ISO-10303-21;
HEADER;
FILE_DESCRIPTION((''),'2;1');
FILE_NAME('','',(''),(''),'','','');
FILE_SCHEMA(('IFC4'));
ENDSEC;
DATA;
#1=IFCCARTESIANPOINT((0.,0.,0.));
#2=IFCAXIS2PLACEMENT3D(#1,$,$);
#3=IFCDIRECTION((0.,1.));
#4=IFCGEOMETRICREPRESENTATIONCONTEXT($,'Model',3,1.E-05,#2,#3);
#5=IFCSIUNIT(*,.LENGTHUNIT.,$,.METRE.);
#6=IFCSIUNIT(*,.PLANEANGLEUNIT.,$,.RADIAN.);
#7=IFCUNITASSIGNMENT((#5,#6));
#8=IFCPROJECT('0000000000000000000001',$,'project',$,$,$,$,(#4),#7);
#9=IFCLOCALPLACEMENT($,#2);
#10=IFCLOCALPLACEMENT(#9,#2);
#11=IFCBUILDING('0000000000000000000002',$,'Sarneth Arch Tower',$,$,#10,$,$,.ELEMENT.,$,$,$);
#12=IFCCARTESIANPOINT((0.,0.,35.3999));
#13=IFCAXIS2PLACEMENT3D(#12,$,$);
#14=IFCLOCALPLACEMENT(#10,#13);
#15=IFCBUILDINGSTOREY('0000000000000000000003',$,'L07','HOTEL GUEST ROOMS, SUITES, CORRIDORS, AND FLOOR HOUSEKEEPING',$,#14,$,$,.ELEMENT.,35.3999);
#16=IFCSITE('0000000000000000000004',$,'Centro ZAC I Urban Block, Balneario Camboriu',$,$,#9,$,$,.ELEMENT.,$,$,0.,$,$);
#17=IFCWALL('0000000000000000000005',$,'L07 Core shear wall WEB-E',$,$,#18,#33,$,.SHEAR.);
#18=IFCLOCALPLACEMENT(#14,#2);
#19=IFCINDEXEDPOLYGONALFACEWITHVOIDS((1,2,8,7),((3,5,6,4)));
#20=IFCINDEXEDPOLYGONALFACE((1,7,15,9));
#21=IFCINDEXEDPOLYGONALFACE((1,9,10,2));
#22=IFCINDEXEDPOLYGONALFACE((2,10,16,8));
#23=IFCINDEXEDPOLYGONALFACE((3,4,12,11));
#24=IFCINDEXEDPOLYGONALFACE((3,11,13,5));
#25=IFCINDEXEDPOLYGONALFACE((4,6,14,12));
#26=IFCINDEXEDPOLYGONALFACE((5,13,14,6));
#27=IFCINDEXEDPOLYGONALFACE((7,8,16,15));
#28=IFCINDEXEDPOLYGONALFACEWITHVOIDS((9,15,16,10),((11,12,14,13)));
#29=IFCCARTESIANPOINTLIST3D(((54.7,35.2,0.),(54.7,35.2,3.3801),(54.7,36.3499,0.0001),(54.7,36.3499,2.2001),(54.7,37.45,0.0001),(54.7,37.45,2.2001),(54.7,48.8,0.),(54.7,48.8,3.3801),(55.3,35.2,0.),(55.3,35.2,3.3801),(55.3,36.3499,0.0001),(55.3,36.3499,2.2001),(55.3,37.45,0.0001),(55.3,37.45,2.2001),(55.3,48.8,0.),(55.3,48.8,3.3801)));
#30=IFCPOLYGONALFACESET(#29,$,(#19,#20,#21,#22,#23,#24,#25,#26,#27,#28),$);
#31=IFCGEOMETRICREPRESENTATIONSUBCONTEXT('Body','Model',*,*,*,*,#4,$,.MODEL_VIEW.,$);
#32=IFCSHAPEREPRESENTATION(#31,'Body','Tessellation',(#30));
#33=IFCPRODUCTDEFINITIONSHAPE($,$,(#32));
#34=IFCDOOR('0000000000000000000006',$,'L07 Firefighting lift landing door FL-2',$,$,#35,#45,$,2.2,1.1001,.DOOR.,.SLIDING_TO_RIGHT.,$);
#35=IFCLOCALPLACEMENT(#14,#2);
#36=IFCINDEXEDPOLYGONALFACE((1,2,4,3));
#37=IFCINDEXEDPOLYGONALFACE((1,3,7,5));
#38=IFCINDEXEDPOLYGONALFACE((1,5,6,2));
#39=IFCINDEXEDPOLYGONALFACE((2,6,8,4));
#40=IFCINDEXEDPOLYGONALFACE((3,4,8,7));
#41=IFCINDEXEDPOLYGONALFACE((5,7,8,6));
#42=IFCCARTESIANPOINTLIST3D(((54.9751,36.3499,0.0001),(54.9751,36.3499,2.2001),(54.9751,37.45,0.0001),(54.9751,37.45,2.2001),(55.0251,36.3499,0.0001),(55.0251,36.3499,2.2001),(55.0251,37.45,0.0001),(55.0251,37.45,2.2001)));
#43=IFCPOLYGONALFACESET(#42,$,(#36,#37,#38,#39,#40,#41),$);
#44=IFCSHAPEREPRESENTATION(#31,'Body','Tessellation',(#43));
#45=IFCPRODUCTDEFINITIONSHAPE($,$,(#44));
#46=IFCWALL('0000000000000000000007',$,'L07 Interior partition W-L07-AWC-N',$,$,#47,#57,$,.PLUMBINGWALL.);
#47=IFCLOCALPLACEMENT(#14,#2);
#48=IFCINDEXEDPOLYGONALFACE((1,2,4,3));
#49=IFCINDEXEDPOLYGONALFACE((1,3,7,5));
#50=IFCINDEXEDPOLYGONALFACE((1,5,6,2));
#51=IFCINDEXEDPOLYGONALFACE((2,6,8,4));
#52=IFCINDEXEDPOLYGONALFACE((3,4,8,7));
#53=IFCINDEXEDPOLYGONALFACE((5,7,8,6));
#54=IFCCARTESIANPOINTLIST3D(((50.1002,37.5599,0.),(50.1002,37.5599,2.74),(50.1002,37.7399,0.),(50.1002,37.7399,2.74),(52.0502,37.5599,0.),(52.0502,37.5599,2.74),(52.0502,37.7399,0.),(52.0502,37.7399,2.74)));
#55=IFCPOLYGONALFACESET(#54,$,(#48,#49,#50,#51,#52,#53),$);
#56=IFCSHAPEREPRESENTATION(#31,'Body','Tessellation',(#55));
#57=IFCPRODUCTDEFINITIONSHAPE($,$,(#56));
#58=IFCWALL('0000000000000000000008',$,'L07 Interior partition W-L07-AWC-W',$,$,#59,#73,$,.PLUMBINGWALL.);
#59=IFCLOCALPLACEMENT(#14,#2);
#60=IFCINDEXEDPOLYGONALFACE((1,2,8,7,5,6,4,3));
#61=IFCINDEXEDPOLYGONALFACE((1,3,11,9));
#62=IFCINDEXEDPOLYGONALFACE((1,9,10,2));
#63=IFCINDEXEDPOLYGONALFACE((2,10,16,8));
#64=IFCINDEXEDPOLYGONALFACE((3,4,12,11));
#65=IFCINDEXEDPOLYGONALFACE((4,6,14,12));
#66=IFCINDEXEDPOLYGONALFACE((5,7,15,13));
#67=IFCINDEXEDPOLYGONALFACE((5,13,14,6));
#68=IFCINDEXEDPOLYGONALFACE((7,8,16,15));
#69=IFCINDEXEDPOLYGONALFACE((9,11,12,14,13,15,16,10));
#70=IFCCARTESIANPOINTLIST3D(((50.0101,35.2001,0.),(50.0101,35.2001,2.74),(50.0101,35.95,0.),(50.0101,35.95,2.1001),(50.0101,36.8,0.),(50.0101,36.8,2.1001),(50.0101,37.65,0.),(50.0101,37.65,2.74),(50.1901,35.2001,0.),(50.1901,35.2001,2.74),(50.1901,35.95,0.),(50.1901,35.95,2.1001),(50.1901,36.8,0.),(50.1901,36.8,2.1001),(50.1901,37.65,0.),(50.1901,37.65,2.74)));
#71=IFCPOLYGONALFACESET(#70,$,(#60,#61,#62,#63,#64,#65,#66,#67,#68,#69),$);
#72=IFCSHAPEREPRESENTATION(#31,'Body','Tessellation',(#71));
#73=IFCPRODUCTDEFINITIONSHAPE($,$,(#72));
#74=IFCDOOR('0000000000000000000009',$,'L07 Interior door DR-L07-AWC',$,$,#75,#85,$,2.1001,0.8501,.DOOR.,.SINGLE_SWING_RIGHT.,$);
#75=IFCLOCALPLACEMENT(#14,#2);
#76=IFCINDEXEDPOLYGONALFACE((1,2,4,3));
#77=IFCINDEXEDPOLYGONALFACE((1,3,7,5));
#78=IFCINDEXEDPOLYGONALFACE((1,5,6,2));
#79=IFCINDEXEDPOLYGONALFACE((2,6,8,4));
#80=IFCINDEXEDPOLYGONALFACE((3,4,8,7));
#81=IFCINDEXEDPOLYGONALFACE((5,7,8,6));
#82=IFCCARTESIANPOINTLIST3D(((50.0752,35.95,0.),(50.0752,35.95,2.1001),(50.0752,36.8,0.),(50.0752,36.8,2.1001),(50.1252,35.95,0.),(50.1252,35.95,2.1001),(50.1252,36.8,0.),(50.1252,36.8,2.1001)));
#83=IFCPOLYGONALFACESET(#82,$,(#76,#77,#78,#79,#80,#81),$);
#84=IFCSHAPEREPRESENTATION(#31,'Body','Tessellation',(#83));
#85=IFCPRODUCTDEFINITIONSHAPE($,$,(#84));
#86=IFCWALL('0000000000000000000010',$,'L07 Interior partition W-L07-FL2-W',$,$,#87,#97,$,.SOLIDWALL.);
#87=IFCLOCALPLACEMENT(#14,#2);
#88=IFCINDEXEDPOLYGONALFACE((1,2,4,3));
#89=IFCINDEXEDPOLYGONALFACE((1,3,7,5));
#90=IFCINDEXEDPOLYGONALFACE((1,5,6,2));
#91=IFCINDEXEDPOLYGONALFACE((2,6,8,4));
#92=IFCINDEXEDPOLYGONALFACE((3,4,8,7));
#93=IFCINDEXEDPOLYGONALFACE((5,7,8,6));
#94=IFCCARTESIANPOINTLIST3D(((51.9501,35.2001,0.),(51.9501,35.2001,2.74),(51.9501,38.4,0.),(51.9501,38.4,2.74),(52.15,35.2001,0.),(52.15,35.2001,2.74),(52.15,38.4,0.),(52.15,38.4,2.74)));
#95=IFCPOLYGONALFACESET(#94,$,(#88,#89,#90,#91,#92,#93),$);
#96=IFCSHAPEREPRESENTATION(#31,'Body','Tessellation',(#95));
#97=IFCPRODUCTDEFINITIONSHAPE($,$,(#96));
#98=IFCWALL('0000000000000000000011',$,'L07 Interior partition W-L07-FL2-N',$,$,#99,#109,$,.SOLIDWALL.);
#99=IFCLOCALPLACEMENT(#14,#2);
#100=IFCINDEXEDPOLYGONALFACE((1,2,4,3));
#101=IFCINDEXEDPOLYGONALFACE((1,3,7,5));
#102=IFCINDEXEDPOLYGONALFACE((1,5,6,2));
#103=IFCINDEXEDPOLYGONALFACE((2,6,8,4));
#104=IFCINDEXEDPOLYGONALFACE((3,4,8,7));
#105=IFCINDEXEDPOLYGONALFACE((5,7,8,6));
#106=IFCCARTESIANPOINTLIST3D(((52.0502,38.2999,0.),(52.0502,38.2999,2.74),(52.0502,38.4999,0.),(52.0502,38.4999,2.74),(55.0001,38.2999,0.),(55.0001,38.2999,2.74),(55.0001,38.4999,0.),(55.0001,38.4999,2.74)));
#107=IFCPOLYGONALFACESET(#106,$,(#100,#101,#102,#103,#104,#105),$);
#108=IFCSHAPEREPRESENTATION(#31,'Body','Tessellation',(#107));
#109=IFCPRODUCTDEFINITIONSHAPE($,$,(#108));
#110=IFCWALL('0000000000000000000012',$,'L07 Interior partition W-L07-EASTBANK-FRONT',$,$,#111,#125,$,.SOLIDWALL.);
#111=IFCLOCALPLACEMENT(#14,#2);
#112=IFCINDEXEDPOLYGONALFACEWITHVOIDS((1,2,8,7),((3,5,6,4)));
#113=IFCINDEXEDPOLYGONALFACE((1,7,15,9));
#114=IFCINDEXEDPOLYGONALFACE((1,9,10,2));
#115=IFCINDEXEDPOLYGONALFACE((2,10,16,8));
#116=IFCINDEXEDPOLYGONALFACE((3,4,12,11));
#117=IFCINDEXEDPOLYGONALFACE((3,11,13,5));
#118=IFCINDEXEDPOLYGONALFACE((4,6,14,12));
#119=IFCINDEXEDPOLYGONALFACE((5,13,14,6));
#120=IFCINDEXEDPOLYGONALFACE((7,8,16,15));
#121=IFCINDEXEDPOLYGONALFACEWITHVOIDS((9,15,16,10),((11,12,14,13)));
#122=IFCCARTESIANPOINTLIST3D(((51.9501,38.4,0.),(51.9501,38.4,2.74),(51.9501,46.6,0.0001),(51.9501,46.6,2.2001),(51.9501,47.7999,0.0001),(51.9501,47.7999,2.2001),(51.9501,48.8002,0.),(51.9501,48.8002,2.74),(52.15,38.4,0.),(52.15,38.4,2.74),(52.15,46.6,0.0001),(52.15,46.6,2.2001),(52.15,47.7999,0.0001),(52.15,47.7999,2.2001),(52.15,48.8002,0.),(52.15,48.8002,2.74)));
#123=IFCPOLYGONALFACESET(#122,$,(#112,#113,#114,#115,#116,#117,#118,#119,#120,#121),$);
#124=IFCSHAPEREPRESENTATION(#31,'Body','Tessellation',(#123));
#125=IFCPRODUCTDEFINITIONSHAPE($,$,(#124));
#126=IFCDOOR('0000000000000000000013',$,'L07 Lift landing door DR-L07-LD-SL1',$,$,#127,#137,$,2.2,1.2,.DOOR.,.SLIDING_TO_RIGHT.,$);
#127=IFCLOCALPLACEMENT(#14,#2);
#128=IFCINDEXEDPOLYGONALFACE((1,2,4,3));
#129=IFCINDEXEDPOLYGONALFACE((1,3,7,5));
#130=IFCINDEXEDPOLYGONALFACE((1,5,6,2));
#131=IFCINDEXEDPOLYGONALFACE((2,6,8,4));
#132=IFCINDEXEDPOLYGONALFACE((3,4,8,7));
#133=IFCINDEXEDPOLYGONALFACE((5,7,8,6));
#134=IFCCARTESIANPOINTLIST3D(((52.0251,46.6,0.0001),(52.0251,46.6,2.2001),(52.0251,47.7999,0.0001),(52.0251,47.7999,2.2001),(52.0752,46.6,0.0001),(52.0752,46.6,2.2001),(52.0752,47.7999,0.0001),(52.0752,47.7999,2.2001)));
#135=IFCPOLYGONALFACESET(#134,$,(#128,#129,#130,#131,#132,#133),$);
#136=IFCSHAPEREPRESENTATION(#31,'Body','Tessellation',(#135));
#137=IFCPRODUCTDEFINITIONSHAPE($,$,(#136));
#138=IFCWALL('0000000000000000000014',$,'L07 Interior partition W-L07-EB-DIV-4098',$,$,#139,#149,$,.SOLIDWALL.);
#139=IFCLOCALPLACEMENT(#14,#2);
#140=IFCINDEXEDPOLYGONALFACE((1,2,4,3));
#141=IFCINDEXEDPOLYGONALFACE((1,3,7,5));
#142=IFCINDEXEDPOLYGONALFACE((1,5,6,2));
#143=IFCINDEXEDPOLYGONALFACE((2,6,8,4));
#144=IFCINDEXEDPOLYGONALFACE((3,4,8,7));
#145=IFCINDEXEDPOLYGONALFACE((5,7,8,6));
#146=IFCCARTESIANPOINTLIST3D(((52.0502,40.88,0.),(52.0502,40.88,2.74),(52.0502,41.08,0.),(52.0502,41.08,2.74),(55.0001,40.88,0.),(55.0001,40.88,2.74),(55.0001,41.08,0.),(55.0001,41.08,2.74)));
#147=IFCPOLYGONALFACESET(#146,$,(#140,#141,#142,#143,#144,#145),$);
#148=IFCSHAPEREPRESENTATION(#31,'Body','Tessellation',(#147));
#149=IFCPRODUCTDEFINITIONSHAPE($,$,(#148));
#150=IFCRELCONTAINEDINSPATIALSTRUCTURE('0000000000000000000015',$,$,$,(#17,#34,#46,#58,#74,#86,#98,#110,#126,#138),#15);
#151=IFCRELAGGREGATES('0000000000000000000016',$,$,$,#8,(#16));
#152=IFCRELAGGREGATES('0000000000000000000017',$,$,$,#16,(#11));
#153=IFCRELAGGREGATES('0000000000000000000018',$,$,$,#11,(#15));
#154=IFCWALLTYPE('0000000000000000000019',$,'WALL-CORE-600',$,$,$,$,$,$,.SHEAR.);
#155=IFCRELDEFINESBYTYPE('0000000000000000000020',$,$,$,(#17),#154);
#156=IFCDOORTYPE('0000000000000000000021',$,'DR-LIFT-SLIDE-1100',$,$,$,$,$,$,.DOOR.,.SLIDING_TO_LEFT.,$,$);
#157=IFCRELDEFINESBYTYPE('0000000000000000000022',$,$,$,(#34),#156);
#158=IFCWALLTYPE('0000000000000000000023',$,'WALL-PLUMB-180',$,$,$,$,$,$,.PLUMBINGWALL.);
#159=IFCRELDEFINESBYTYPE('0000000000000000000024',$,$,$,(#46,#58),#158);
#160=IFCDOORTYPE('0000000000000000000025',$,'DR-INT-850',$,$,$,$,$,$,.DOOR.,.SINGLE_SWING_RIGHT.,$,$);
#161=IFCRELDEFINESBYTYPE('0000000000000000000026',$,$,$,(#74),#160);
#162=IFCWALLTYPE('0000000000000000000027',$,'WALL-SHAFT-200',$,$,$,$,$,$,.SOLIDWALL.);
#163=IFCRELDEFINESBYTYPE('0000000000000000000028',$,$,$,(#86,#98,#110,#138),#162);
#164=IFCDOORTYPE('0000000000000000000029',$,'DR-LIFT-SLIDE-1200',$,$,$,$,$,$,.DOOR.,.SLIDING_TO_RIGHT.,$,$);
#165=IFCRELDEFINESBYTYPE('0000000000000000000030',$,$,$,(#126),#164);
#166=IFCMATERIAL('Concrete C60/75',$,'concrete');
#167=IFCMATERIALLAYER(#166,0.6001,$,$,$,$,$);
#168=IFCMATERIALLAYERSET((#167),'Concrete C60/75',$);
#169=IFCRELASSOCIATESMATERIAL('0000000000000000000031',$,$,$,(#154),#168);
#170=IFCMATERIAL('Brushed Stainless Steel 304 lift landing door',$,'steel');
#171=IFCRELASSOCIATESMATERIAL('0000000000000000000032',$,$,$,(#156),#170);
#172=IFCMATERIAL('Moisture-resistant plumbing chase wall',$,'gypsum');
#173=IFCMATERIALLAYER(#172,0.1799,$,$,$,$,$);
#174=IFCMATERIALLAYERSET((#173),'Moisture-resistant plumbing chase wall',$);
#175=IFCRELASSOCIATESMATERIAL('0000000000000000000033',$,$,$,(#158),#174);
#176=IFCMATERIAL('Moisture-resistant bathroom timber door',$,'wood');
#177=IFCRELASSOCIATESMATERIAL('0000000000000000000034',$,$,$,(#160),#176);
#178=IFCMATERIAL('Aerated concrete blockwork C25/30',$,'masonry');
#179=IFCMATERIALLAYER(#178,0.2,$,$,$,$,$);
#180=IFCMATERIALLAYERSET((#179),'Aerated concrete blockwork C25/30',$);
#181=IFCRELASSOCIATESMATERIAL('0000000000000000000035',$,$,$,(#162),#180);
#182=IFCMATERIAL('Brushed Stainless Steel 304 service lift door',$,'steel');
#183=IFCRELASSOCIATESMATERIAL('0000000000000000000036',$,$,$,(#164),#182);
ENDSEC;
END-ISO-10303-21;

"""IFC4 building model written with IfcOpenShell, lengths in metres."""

from ifc_helpers import new_model, si_unit, direction, frame, frame_2d, origin, place, context, subcontext, project, spatial, rectangle, extrude, material, layer, layer_set, type_object, element, fill, save


model = new_model("IFC4")

# Units and contexts
model_context = context("Model", 3, precision=1e-05, world=origin(), true_north=direction((0.0, 1.0)))
body_context = subcontext(model_context, "Body", "Model", "MODEL_VIEW")
ifc_project = project(units=[si_unit("LENGTHUNIT", "METRE"), si_unit("PLANEANGLEUNIT", "RADIAN")], contexts=[model_context])

# Site, building, storey
site_placement = place(None, origin())
site = spatial("IfcSite", under=ifc_project, at=site_placement, Name="Centro ZAC I Urban Block, Balneario Camboriu", CompositionType="ELEMENT", RefElevation=0.0)
building_placement = place(site_placement, origin())
building = spatial("IfcBuilding", under=site, at=building_placement, Name="Sarneth Arch Tower", CompositionType="ELEMENT")
storey_placement = place(building_placement, frame((0.0, 0.0, 35.3999)))
storey = spatial("IfcBuildingStorey", under=building, at=storey_placement, Name="L07", Description="HOTEL GUEST ROOMS, SUITES, CORRIDORS, AND FLOOR HOUSEKEEPING", CompositionType="ELEMENT", Elevation=35.3999)

# Shared definitions
ifc_material_1 = material(Name="Concrete C60/75", Category="concrete")
ifc_layer_1 = layer(ifc_material_1, 0.6001)
ifc_layer_set_1 = layer_set([ifc_layer_1], Name="Concrete C60/75")
wall_type_1 = type_object("IfcWallType", Name="WALL-CORE-600", PredefinedType="SHEAR", material=ifc_layer_set_1)

# Wall, opening, door
wall_1_placement = place(storey_placement, frame((55.0, 35.2, 0.0), z_axis=(0.0, 0.0, 1.0), x_axis=(0.0, 1.0, 0.0)))
wall_1 = element("IfcWall", 1, at=wall_1_placement, inside=storey, type_object=wall_type_1, Name="L07 Core shear wall WEB-E", PredefinedType="SHEAR", context=body_context, shape_type="SweptSolid", body=[
    extrude(rectangle(XDim=13.6001, YDim=0.6001, at=frame_2d((6.8, 0.0))), origin(), (0.0, 0.0, 1.0), 3.3801),
])
opening_1_placement = place(wall_1_placement, frame((1.1499, 0.0, 0.0)))
opening_1 = element("IfcOpeningElement", 2, at=opening_1_placement, cuts=wall_1, PredefinedType="OPENING", context=body_context, shape_type="SweptSolid", body=[
    extrude(rectangle(XDim=1.1001, YDim=2.2, at=frame_2d((0.55, 1.1001))), frame((0.0, 0.3101, 0.0), z_axis=(0.0, -1.0, 0.0), x_axis=(1.0, 0.0, 0.0)), (0.0, 0.0, 1.0), 0.6201),
])
ifc_material_2 = material(Name="Brushed Stainless Steel 304 lift landing door", Category="steel")
door_type_1 = type_object("IfcDoorType", Name="DR-LIFT-SLIDE-1100", OperationType="SLIDING_TO_LEFT", PredefinedType="DOOR", material=ifc_material_2)
door_1_placement = place(opening_1_placement, origin())
door_1 = element("IfcDoor", 3, at=door_1_placement, inside=storey, type_object=door_type_1, Name="L07 Firefighting lift landing door FL-2", OperationType="SLIDING_TO_RIGHT", OverallHeight=2.2, OverallWidth=1.1001, PredefinedType="DOOR", context=body_context, shape_type="SweptSolid", body=[
    extrude(rectangle(XDim=1.1001, YDim=2.2, at=frame_2d((0.55, 1.1001))), frame((0.0, 0.0249, 0.0), z_axis=(0.0, -1.0, 0.0), x_axis=(1.0, 0.0, 0.0)), (0.0, 0.0, 1.0), 0.05),
])
fill(opening_1, door_1)

# Wall
ifc_material_3 = material(Name="Moisture-resistant plumbing chase wall", Category="gypsum")
ifc_layer_2 = layer(ifc_material_3, 0.1799)
ifc_layer_set_2 = layer_set([ifc_layer_2], Name="Moisture-resistant plumbing chase wall")
wall_type_2 = type_object("IfcWallType", Name="WALL-PLUMB-180", PredefinedType="PLUMBINGWALL", material=ifc_layer_set_2)
wall_2_placement = place(storey_placement, frame((50.1001, 37.6499, 0.0), z_axis=(0.0, 0.0, 1.0), x_axis=(1.0, 0.0, 0.0)))
element("IfcWall", 4, at=wall_2_placement, inside=storey, type_object=wall_type_2, Name="L07 Interior partition W-L07-AWC-N", PredefinedType="PLUMBINGWALL", context=body_context, shape_type="SweptSolid", body=[
    extrude(rectangle(XDim=1.95, YDim=0.1799, at=frame_2d((0.9751, 0.0))), origin(), (0.0, 0.0, 1.0), 2.74),
])

# Wall, opening, door
wall_3_placement = place(storey_placement, frame((50.1001, 35.2, 0.0), z_axis=(0.0, 0.0, 1.0), x_axis=(0.0, 1.0, 0.0)))
wall_3 = element("IfcWall", 5, at=wall_3_placement, inside=storey, type_object=wall_type_2, Name="L07 Interior partition W-L07-AWC-W", PredefinedType="PLUMBINGWALL", context=body_context, shape_type="SweptSolid", body=[
    extrude(rectangle(XDim=2.45, YDim=0.1799, at=frame_2d((1.2251, 0.0))), origin(), (0.0, 0.0, 1.0), 2.74),
])
opening_2_placement = place(wall_3_placement, frame((0.75, 0.0, 0.0)))
opening_2 = element("IfcOpeningElement", 6, at=opening_2_placement, cuts=wall_3, PredefinedType="OPENING", context=body_context, shape_type="SweptSolid", body=[
    extrude(rectangle(XDim=0.8501, YDim=2.1001, at=frame_2d((0.425, 1.05))), frame((0.0, 0.0999, 0.0), z_axis=(0.0, -1.0, 0.0), x_axis=(1.0, 0.0, 0.0)), (0.0, 0.0, 1.0), 0.2),
])
ifc_material_4 = material(Name="Moisture-resistant bathroom timber door", Category="wood")
door_type_2 = type_object("IfcDoorType", Name="DR-INT-850", OperationType="SINGLE_SWING_RIGHT", PredefinedType="DOOR", material=ifc_material_4)
door_2_placement = place(opening_2_placement, origin())
door_2 = element("IfcDoor", 7, at=door_2_placement, inside=storey, type_object=door_type_2, Name="L07 Interior door DR-L07-AWC", OperationType="SINGLE_SWING_RIGHT", OverallHeight=2.1001, OverallWidth=0.8501, PredefinedType="DOOR", context=body_context, shape_type="SweptSolid", body=[
    extrude(rectangle(XDim=0.8501, YDim=2.1001, at=frame_2d((0.425, 1.05))), frame((0.0, 0.0249, 0.0), z_axis=(0.0, -1.0, 0.0), x_axis=(1.0, 0.0, 0.0)), (0.0, 0.0, 1.0), 0.05),
])
fill(opening_2, door_2)
ifc_material_5 = material(Name="Aerated concrete blockwork C25/30", Category="masonry")
ifc_layer_3 = layer(ifc_material_5, 0.2)
ifc_layer_set_3 = layer_set([ifc_layer_3], Name="Aerated concrete blockwork C25/30")
wall_type_3 = type_object("IfcWallType", Name="WALL-SHAFT-200", PredefinedType="SOLIDWALL", material=ifc_layer_set_3)

# Walls
wall_4_placement = place(storey_placement, frame((52.05, 35.2, 0.0), z_axis=(0.0, 0.0, 1.0), x_axis=(0.0, 1.0, 0.0)))
element("IfcWall", 8, at=wall_4_placement, inside=storey, type_object=wall_type_3, Name="L07 Interior partition W-L07-FL2-W", PredefinedType="SOLIDWALL", context=body_context, shape_type="SweptSolid", body=[
    extrude(rectangle(XDim=3.2, YDim=0.2, at=frame_2d((1.6001, 0.0))), origin(), (0.0, 0.0, 1.0), 2.74),
])
wall_5_placement = place(storey_placement, frame((52.05, 38.3999, 0.0), z_axis=(0.0, 0.0, 1.0), x_axis=(1.0, 0.0, 0.0)))
element("IfcWall", 9, at=wall_5_placement, inside=storey, type_object=wall_type_3, Name="L07 Interior partition W-L07-FL2-N", PredefinedType="SOLIDWALL", context=body_context, shape_type="SweptSolid", body=[
    extrude(rectangle(XDim=2.95, YDim=0.2, at=frame_2d((1.4751, 0.0))), origin(), (0.0, 0.0, 1.0), 2.74),
])

# Wall, opening, door
wall_6_placement = place(storey_placement, frame((52.05, 38.3999, 0.0), z_axis=(0.0, 0.0, 1.0), x_axis=(0.0, 1.0, 0.0)))
wall_6 = element("IfcWall", 10, at=wall_6_placement, inside=storey, type_object=wall_type_3, Name="L07 Interior partition W-L07-EASTBANK-FRONT", PredefinedType="SOLIDWALL", context=body_context, shape_type="SweptSolid", body=[
    extrude(rectangle(XDim=10.4001, YDim=0.2, at=frame_2d((5.2002, 0.0))), origin(), (0.0, 0.0, 1.0), 2.74),
])
opening_3_placement = place(wall_6_placement, frame((8.2, 0.0, 0.0)))
opening_3 = element("IfcOpeningElement", 11, at=opening_3_placement, cuts=wall_6, PredefinedType="OPENING", context=body_context, shape_type="SweptSolid", body=[
    extrude(rectangle(XDim=1.2, YDim=2.2, at=frame_2d((0.6001, 1.1001))), frame((0.0, 0.1099, 0.0), z_axis=(0.0, -1.0, 0.0), x_axis=(1.0, 0.0, 0.0)), (0.0, 0.0, 1.0), 0.22),
])
ifc_material_6 = material(Name="Brushed Stainless Steel 304 service lift door", Category="steel")
door_type_3 = type_object("IfcDoorType", Name="DR-LIFT-SLIDE-1200", OperationType="SLIDING_TO_RIGHT", PredefinedType="DOOR", material=ifc_material_6)
door_3_placement = place(opening_3_placement, origin())
door_3 = element("IfcDoor", 12, at=door_3_placement, inside=storey, type_object=door_type_3, Name="L07 Lift landing door DR-L07-LD-SL1", OperationType="SLIDING_TO_RIGHT", OverallHeight=2.2, OverallWidth=1.2, PredefinedType="DOOR", context=body_context, shape_type="SweptSolid", body=[
    extrude(rectangle(XDim=1.2, YDim=2.2, at=frame_2d((0.6001, 1.1001))), frame((0.0, 0.0249, 0.0), z_axis=(0.0, -1.0, 0.0), x_axis=(1.0, 0.0, 0.0)), (0.0, 0.0, 1.0), 0.05),
])
fill(opening_3, door_3)

# Wall
wall_7_placement = place(storey_placement, frame((52.05, 40.98, 0.0), z_axis=(0.0, 0.0, 1.0), x_axis=(1.0, 0.0, 0.0)))
element("IfcWall", 13, at=wall_7_placement, inside=storey, type_object=wall_type_3, Name="L07 Interior partition W-L07-EB-DIV-4098", PredefinedType="SOLIDWALL", context=body_context, shape_type="SweptSolid", body=[
    extrude(rectangle(XDim=2.95, YDim=0.2, at=frame_2d((1.4751, 0.0))), origin(), (0.0, 0.0, 1.0), 2.74),
])

save(model, "model.ifc")
